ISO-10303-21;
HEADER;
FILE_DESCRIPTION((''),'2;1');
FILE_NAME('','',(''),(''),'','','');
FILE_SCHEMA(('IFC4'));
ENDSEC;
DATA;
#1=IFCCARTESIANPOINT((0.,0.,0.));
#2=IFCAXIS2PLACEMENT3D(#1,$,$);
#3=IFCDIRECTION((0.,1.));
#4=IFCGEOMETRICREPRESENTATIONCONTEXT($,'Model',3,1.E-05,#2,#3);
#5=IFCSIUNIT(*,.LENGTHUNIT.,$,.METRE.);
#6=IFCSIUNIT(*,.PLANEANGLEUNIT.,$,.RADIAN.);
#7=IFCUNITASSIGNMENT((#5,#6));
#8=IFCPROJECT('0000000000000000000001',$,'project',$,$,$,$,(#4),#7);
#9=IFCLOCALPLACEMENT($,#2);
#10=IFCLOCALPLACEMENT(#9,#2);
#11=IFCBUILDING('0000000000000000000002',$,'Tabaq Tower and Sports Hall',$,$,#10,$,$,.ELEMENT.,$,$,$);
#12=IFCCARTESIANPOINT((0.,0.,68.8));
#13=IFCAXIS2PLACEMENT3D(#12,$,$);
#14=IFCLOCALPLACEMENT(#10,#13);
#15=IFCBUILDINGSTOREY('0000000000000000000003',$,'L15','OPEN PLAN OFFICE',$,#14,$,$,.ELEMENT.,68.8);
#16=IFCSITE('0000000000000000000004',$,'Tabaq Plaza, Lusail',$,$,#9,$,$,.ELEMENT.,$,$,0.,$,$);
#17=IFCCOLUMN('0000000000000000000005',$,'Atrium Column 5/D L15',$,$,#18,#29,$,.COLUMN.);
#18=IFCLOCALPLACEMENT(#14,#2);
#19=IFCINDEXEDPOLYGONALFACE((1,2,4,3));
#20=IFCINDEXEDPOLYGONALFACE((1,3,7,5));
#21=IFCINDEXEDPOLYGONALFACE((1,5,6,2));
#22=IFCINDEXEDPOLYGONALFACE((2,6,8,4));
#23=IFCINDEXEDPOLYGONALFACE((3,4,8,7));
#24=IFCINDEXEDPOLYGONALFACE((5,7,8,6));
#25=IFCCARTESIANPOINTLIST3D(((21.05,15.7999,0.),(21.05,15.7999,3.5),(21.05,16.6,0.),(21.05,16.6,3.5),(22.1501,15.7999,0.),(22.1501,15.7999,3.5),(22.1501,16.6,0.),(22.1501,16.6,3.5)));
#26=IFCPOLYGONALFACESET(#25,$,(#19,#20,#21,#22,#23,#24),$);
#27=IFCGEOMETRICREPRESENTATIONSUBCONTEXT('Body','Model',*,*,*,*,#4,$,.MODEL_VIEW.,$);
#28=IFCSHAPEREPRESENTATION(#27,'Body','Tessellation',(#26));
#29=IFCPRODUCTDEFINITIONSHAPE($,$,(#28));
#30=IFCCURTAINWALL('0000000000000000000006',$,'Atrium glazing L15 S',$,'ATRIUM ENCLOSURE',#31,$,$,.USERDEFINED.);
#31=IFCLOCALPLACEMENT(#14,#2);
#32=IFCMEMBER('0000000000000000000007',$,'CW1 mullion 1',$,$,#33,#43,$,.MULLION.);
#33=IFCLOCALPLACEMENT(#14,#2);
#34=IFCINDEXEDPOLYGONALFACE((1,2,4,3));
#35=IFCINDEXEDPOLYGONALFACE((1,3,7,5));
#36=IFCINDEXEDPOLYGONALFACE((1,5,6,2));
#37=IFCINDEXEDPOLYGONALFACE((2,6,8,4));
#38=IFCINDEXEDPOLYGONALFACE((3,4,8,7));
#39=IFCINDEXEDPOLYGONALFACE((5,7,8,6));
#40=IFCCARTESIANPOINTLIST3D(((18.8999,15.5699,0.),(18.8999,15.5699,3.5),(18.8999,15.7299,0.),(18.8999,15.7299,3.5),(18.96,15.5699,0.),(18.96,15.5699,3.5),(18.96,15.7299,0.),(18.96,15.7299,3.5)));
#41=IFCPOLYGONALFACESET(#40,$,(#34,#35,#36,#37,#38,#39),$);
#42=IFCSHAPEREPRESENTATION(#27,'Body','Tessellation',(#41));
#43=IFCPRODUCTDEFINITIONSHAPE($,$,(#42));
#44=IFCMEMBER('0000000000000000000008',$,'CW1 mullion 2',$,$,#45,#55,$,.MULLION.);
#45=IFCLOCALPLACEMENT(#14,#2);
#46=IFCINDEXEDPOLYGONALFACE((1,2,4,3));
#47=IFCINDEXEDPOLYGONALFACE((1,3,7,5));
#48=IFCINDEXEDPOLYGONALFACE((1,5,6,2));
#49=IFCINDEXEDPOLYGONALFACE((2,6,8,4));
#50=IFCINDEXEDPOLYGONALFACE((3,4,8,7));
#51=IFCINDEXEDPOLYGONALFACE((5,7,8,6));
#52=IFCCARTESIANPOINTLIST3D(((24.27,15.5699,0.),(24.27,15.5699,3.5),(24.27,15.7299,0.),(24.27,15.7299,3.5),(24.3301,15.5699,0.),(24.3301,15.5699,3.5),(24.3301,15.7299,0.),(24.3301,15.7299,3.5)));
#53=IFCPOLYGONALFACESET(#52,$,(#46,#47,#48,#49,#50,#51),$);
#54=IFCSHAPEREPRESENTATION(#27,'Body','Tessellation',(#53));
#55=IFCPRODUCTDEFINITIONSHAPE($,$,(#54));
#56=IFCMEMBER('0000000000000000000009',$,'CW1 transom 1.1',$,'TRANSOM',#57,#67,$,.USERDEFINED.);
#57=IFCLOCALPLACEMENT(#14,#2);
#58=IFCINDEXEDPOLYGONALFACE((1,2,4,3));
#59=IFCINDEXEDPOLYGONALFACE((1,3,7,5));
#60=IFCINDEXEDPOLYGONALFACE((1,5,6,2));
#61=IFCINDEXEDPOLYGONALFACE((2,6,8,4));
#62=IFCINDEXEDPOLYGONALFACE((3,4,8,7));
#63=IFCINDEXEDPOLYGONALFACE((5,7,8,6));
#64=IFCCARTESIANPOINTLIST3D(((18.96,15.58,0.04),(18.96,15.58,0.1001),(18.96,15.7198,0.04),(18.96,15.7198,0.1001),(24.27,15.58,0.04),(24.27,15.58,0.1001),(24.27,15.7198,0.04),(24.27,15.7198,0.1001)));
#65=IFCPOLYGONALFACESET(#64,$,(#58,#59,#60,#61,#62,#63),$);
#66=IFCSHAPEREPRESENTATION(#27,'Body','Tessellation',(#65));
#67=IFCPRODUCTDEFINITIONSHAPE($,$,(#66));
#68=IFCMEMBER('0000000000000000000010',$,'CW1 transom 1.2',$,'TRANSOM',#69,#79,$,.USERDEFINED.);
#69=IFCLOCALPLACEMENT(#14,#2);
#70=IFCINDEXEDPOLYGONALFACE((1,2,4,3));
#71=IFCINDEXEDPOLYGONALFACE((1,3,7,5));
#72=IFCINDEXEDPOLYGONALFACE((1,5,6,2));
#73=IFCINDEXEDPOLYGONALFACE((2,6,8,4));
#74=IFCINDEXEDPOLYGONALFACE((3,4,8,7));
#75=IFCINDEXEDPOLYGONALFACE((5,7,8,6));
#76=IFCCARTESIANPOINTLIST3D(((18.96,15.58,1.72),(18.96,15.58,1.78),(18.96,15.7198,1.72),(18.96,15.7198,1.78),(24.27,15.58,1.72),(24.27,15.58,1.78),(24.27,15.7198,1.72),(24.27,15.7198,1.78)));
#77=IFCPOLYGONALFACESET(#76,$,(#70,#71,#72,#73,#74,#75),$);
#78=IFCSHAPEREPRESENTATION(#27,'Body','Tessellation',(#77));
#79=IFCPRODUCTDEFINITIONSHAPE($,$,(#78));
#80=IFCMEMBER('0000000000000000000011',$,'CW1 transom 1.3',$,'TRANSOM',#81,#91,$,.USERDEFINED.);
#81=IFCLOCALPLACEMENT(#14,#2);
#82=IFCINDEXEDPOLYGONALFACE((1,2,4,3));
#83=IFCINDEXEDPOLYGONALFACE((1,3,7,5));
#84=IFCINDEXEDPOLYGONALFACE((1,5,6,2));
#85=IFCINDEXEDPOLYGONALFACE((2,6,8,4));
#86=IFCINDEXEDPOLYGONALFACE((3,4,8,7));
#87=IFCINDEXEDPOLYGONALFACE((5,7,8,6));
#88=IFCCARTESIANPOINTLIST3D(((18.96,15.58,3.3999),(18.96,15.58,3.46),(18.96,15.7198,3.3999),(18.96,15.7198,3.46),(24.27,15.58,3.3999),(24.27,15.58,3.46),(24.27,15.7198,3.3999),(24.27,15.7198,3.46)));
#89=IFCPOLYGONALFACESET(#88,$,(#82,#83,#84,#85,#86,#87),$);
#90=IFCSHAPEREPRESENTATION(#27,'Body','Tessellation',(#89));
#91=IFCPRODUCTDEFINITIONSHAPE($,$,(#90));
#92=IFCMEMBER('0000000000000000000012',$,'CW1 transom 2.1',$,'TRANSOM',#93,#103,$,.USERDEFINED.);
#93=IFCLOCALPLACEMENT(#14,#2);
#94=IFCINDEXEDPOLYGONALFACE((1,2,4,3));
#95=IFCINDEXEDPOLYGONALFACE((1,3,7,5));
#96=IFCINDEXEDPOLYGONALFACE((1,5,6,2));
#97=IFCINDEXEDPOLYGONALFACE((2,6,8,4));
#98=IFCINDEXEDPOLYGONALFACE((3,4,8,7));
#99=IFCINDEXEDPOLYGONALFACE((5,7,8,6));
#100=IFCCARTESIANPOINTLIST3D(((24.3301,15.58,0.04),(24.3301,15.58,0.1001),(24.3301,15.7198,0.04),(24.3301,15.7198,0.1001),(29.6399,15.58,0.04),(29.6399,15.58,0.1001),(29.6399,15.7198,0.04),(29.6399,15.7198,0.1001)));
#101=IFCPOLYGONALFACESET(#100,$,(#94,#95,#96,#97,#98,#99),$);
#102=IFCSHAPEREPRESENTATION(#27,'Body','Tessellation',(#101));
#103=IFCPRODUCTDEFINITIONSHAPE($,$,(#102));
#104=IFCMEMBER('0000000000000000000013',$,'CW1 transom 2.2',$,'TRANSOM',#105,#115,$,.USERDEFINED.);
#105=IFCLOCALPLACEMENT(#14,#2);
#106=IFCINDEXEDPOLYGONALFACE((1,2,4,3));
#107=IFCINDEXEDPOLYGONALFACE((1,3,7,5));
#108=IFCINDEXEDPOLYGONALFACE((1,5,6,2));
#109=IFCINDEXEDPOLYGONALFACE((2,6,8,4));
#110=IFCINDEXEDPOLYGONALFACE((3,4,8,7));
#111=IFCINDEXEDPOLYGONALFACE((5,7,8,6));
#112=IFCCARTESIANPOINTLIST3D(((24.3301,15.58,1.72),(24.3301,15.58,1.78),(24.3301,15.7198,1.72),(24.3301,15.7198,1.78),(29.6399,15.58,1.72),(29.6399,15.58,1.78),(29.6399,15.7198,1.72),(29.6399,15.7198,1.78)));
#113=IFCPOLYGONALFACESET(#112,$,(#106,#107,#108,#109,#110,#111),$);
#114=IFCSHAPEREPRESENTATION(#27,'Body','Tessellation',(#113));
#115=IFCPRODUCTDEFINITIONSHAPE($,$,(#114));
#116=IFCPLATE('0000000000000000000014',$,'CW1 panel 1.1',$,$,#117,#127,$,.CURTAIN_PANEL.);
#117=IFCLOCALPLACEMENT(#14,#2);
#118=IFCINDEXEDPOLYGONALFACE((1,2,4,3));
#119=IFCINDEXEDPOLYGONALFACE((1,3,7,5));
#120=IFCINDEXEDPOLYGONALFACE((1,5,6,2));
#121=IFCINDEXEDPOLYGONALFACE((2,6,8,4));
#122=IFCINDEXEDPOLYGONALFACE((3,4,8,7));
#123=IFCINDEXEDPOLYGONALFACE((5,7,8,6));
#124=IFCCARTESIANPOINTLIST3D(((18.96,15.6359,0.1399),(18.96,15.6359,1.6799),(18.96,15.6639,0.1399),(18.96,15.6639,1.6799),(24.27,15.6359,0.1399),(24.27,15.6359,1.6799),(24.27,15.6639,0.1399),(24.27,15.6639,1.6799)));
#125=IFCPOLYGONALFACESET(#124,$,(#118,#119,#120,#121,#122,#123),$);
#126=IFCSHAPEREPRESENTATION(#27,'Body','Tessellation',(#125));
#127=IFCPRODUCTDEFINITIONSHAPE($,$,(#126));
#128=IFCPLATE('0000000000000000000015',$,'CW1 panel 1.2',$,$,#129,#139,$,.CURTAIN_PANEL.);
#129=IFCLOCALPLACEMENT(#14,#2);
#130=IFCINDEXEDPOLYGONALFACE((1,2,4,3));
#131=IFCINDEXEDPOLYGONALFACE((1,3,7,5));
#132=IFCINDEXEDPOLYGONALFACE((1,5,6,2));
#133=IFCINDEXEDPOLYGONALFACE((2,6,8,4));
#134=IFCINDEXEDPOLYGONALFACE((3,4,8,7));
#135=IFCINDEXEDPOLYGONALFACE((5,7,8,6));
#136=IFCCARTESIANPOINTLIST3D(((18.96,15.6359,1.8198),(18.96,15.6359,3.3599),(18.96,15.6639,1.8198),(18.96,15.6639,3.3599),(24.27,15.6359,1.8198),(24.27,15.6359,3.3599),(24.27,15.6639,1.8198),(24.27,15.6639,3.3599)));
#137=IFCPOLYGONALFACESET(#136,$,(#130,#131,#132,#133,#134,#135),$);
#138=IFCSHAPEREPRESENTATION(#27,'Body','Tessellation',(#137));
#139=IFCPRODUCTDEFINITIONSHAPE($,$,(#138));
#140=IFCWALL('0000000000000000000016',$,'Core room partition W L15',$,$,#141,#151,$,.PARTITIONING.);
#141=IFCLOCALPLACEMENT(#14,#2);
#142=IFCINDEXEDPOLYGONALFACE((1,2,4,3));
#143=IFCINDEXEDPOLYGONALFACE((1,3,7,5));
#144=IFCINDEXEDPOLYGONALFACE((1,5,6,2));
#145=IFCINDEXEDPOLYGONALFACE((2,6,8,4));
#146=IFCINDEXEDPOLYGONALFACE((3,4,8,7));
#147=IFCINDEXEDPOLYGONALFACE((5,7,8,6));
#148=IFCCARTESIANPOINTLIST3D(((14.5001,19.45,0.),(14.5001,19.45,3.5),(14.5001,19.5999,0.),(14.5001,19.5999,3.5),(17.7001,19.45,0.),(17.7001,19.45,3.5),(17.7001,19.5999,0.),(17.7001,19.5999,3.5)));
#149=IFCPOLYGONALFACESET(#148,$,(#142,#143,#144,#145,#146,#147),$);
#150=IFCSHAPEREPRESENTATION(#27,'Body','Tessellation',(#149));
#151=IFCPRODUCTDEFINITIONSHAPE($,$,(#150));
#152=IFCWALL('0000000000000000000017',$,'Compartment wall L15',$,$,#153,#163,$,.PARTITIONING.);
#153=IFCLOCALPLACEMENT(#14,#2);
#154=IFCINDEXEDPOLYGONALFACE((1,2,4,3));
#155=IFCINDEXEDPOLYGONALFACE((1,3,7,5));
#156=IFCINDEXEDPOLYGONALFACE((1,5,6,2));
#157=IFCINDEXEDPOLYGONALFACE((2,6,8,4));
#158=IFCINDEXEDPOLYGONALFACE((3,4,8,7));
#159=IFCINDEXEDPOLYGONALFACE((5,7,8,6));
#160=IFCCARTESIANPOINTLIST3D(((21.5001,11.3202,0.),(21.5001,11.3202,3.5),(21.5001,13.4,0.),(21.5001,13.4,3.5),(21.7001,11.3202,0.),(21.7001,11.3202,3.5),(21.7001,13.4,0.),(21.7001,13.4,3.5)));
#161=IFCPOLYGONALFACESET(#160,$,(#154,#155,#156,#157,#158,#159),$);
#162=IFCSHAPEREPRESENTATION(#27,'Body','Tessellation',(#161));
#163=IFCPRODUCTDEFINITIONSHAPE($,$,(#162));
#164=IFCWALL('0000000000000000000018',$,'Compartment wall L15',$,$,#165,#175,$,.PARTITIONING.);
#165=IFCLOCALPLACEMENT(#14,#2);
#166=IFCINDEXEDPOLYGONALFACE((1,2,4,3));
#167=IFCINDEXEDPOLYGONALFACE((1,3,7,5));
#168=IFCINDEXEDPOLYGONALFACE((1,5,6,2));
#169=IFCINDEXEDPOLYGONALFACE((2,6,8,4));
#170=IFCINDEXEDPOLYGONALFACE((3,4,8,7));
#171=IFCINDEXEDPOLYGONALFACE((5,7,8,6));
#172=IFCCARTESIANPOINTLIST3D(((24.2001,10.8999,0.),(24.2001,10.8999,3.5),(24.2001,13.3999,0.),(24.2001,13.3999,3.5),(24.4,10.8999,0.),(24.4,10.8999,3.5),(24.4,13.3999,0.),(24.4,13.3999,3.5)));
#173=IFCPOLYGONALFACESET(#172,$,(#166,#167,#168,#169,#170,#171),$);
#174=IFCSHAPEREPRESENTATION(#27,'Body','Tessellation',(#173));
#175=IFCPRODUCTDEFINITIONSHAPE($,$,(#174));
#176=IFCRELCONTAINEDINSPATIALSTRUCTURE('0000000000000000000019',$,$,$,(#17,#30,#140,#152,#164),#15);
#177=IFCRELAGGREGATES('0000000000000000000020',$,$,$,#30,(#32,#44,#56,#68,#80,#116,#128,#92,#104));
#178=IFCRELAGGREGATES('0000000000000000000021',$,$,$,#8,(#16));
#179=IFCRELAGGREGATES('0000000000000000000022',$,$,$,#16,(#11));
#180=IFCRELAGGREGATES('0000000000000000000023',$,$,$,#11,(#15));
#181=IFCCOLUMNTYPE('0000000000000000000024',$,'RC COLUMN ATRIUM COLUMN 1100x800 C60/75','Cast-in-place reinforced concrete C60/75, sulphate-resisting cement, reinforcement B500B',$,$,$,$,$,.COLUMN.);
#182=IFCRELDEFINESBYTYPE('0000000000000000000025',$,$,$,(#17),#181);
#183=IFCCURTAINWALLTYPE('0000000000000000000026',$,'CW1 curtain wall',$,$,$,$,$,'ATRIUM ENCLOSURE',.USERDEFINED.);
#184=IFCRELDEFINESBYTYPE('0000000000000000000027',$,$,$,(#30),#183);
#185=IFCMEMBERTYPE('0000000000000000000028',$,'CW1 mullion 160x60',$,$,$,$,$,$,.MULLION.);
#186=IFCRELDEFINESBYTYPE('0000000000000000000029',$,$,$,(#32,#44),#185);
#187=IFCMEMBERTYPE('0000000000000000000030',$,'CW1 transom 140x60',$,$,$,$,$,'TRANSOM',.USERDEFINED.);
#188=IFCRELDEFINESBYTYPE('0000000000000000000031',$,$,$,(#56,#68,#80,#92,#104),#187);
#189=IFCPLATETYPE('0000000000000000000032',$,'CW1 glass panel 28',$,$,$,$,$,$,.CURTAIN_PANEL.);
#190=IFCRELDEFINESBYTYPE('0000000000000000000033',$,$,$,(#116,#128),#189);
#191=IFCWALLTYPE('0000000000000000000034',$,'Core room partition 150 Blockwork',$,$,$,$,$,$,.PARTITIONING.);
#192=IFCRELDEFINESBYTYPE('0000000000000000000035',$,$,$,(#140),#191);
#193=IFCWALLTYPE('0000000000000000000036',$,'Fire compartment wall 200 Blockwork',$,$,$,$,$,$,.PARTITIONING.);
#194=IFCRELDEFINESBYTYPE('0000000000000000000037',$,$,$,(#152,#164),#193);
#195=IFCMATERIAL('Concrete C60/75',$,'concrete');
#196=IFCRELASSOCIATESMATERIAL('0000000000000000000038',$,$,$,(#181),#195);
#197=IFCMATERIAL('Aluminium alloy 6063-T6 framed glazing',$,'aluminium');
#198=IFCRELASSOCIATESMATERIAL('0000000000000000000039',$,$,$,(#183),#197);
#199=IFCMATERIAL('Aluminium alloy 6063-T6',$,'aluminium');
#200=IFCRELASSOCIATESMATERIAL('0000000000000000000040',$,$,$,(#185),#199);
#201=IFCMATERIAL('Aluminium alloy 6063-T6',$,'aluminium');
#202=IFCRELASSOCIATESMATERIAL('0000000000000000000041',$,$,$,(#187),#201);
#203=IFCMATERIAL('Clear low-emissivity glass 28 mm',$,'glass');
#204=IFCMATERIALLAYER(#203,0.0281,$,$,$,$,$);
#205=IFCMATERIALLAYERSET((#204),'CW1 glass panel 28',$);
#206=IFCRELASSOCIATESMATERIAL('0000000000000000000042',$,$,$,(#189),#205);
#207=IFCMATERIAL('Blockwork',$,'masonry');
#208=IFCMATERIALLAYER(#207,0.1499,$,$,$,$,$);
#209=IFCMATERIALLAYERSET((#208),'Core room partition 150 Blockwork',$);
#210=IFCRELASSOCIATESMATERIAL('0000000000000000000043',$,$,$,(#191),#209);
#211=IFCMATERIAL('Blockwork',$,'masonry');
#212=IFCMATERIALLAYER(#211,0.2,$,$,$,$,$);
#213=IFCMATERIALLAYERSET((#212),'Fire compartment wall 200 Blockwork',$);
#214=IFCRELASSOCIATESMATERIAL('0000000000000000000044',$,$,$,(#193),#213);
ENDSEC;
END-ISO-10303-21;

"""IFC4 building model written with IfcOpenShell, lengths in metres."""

from ifc_helpers import new_model, si_unit, direction, frame, frame_2d, origin, origin_2d, place, context, subcontext, project, spatial, rectangle, extrude, material, layer, layer_set, material_profile, profile_set, type_object, element, aggregate, save


model = new_model("IFC4")

# Units and contexts
model_context = context("Model", 3, precision=1e-05, world=origin(), true_north=direction((0.0, 1.0)))
body_context = subcontext(model_context, "Body", "Model", "MODEL_VIEW")
ifc_project = project(units=[si_unit("LENGTHUNIT", "METRE"), si_unit("PLANEANGLEUNIT", "RADIAN")], contexts=[model_context])

# Site, building, storey
site_placement = place(None, origin())
site = spatial("IfcSite", under=ifc_project, at=site_placement, Name="Tabaq Plaza, Lusail", CompositionType="ELEMENT", RefElevation=0.0)
building_placement = place(site_placement, origin())
building = spatial("IfcBuilding", under=site, at=building_placement, Name="Tabaq Tower and Sports Hall", CompositionType="ELEMENT")
storey_placement = place(building_placement, frame((0.0, 0.0, 68.8)))
storey = spatial("IfcBuildingStorey", under=building, at=storey_placement, Name="L15", Description="OPEN PLAN OFFICE", CompositionType="ELEMENT", Elevation=68.8)

# Column
ifc_material_1 = material(Name="Concrete C60/75", Category="concrete")
ifc_material_profile_1 = material_profile(ifc_material_1, rectangle(XDim=1.1001, YDim=0.8, at=origin_2d()), Name="ATRIUM COLUMN 1100x800")
ifc_profile_set_1 = profile_set([ifc_material_profile_1], Name="Concrete C60/75")
column_type = type_object("IfcColumnType", Name="RC COLUMN ATRIUM COLUMN 1100x800 C60/75", Description="Cast-in-place reinforced concrete C60/75, sulphate-resisting cement, reinforcement B500B", PredefinedType="COLUMN", material=ifc_profile_set_1)
column_placement = place(storey_placement, frame((21.6001, 16.2, 0.0), z_axis=(0.0, 0.0, 1.0), x_axis=(1.0, 0.0, 0.0)))
element("IfcColumn", 1, at=column_placement, inside=storey, type_object=column_type, Name="Atrium Column 5/D L15", PredefinedType="COLUMN", context=body_context, shape_type="SweptSolid", body=[
    extrude(rectangle(XDim=1.1001, YDim=0.8, at=origin_2d()), origin(), (0.0, 0.0, 1.0), 3.5),
])

# Curtain wall, members, plates
ifc_material_2 = material(Name="Aluminium alloy 6063-T6 framed glazing", Category="aluminium")
curtain_wall_type = type_object("IfcCurtainWallType", Name="CW1 curtain wall", ElementType="ATRIUM ENCLOSURE", PredefinedType="USERDEFINED", material=ifc_material_2)
curtain_wall_placement = place(storey_placement, origin())
curtain_wall = element("IfcCurtainWall", 2, at=curtain_wall_placement, inside=storey, type_object=curtain_wall_type, Name="Atrium glazing L15 S", ObjectType="ATRIUM ENCLOSURE", PredefinedType="USERDEFINED")
ifc_material_3 = material(Name="Aluminium alloy 6063-T6", Category="aluminium")
ifc_material_profile_2 = material_profile(ifc_material_3, rectangle(XDim=0.1599, YDim=0.0601, at=origin_2d()), Name="MULLION 160x60")
ifc_profile_set_2 = profile_set([ifc_material_profile_2], Name="Aluminium alloy 6063-T6")
member_type_1 = type_object("IfcMemberType", Name="CW1 mullion 160x60", PredefinedType="MULLION", material=ifc_profile_set_2)
member_1_placement = place(storey_placement, frame((18.9299, 15.6499, 0.0), z_axis=(0.0, 0.0, 1.0), x_axis=(0.0, 1.0, 0.0)))
member_1 = element("IfcMember", 3, at=member_1_placement, type_object=member_type_1, Name="CW1 mullion 1", PredefinedType="MULLION", context=body_context, shape_type="SweptSolid", body=[
    extrude(rectangle(XDim=0.1599, YDim=0.0601, at=origin_2d()), origin(), (0.0, 0.0, 1.0), 3.5),
])
member_2_placement = place(storey_placement, frame((24.3, 15.6499, 0.0), z_axis=(0.0, 0.0, 1.0), x_axis=(0.0, 1.0, 0.0)))
member_2 = element("IfcMember", 4, at=member_2_placement, type_object=member_type_1, Name="CW1 mullion 2", PredefinedType="MULLION", context=body_context, shape_type="SweptSolid", body=[
    extrude(rectangle(XDim=0.1599, YDim=0.0601, at=origin_2d()), origin(), (0.0, 0.0, 1.0), 3.5),
])
ifc_material_4 = material(Name="Aluminium alloy 6063-T6", Category="aluminium")
ifc_material_profile_3 = material_profile(ifc_material_4, rectangle(XDim=0.1399, YDim=0.0601, at=origin_2d()), Name="TRANSOM 140x60")
ifc_profile_set_3 = profile_set([ifc_material_profile_3], Name="Aluminium alloy 6063-T6")
member_type_2 = type_object("IfcMemberType", Name="CW1 transom 140x60", ElementType="TRANSOM", PredefinedType="USERDEFINED", material=ifc_profile_set_3)
member_3_placement = place(storey_placement, frame((18.96, 15.6499, 0.0701), z_axis=(1.0, 0.0, 0.0), x_axis=(0.0, 1.0, 0.0)))
member_3 = element("IfcMember", 5, at=member_3_placement, type_object=member_type_2, Name="CW1 transom 1.1", ObjectType="TRANSOM", PredefinedType="USERDEFINED", context=body_context, shape_type="SweptSolid", body=[
    extrude(rectangle(XDim=0.1399, YDim=0.0601, at=origin_2d()), origin(), (0.0, 0.0, 1.0), 5.3101),
])
member_4_placement = place(storey_placement, frame((18.96, 15.6499, 1.75), z_axis=(1.0, 0.0, 0.0), x_axis=(0.0, 1.0, 0.0)))
member_4 = element("IfcMember", 6, at=member_4_placement, type_object=member_type_2, Name="CW1 transom 1.2", ObjectType="TRANSOM", PredefinedType="USERDEFINED", context=body_context, shape_type="SweptSolid", body=[
    extrude(rectangle(XDim=0.1399, YDim=0.0601, at=origin_2d()), origin(), (0.0, 0.0, 1.0), 5.3101),
])
member_5_placement = place(storey_placement, frame((18.96, 15.6499, 3.4299), z_axis=(1.0, 0.0, 0.0), x_axis=(0.0, 1.0, 0.0)))
member_5 = element("IfcMember", 7, at=member_5_placement, type_object=member_type_2, Name="CW1 transom 1.3", ObjectType="TRANSOM", PredefinedType="USERDEFINED", context=body_context, shape_type="SweptSolid", body=[
    extrude(rectangle(XDim=0.1399, YDim=0.0601, at=origin_2d()), origin(), (0.0, 0.0, 1.0), 5.3101),
])
member_6_placement = place(storey_placement, frame((24.3301, 15.6499, 0.0701), z_axis=(1.0, 0.0, 0.0), x_axis=(0.0, 1.0, 0.0)))
member_6 = element("IfcMember", 8, at=member_6_placement, type_object=member_type_2, Name="CW1 transom 2.1", ObjectType="TRANSOM", PredefinedType="USERDEFINED", context=body_context, shape_type="SweptSolid", body=[
    extrude(rectangle(XDim=0.1399, YDim=0.0601, at=origin_2d()), origin(), (0.0, 0.0, 1.0), 5.3098),
])
member_7_placement = place(storey_placement, frame((24.3301, 15.6499, 1.75), z_axis=(1.0, 0.0, 0.0), x_axis=(0.0, 1.0, 0.0)))
member_7 = element("IfcMember", 9, at=member_7_placement, type_object=member_type_2, Name="CW1 transom 2.2", ObjectType="TRANSOM", PredefinedType="USERDEFINED", context=body_context, shape_type="SweptSolid", body=[
    extrude(rectangle(XDim=0.1399, YDim=0.0601, at=origin_2d()), origin(), (0.0, 0.0, 1.0), 5.3098),
])
ifc_material_5 = material(Name="Clear low-emissivity glass 28 mm", Category="glass")
ifc_layer_1 = layer(ifc_material_5, 0.0281)
ifc_layer_set_1 = layer_set([ifc_layer_1], Name="CW1 glass panel 28")
plate_type = type_object("IfcPlateType", Name="CW1 glass panel 28", PredefinedType="CURTAIN_PANEL", material=ifc_layer_set_1)
plate_1_placement = place(storey_placement, frame((21.615, 15.6499, 0.1399), z_axis=(0.0, 0.0, 1.0), x_axis=(1.0, 0.0, 0.0)))
plate_1 = element("IfcPlate", 10, at=plate_1_placement, type_object=plate_type, Name="CW1 panel 1.1", PredefinedType="CURTAIN_PANEL", context=body_context, shape_type="SweptSolid", body=[
    extrude(rectangle(XDim=5.3101, YDim=0.0281, at=origin_2d()), origin(), (0.0, 0.0, 1.0), 1.54),
])
plate_2_placement = place(storey_placement, frame((21.615, 15.6499, 1.8198), z_axis=(0.0, 0.0, 1.0), x_axis=(1.0, 0.0, 0.0)))
plate_2 = element("IfcPlate", 11, at=plate_2_placement, type_object=plate_type, Name="CW1 panel 1.2", PredefinedType="CURTAIN_PANEL", context=body_context, shape_type="SweptSolid", body=[
    extrude(rectangle(XDim=5.3101, YDim=0.0281, at=origin_2d()), origin(), (0.0, 0.0, 1.0), 1.54),
])
aggregate(curtain_wall, [member_1, member_2, member_3, member_4, member_5, plate_1, plate_2, member_6, member_7])

# Wall
ifc_material_6 = material(Name="Blockwork", Category="masonry")
ifc_layer_2 = layer(ifc_material_6, 0.1499)
ifc_layer_set_2 = layer_set([ifc_layer_2], Name="Core room partition 150 Blockwork")
wall_type_1 = type_object("IfcWallType", Name="Core room partition 150 Blockwork", PredefinedType="PARTITIONING", material=ifc_layer_set_2)
wall_1_placement = place(storey_placement, frame((14.5, 19.5249, 0.0), z_axis=(0.0, 0.0, 1.0), x_axis=(1.0, 0.0, 0.0)))
element("IfcWall", 12, at=wall_1_placement, inside=storey, type_object=wall_type_1, Name="Core room partition W L15", PredefinedType="PARTITIONING", context=body_context, shape_type="SweptSolid", body=[
    extrude(rectangle(XDim=3.2, YDim=0.1499, at=frame_2d((1.6001, 0.0))), origin(), (0.0, 0.0, 1.0), 3.5),
])

# Walls
ifc_material_7 = material(Name="Blockwork", Category="masonry")
ifc_layer_3 = layer(ifc_material_7, 0.2)
ifc_layer_set_3 = layer_set([ifc_layer_3], Name="Fire compartment wall 200 Blockwork")
wall_type_2 = type_object("IfcWallType", Name="Fire compartment wall 200 Blockwork", PredefinedType="PARTITIONING", material=ifc_layer_set_3)
wall_2_placement = place(storey_placement, frame((21.6001, 11.3201, 0.0), z_axis=(0.0, 0.0, 1.0), x_axis=(0.0, 1.0, 0.0)))
element("IfcWall", 13, at=wall_2_placement, inside=storey, type_object=wall_type_2, Name="Compartment wall L15", PredefinedType="PARTITIONING", context=body_context, shape_type="SweptSolid", body=[
    extrude(rectangle(XDim=2.0798, YDim=0.2, at=frame_2d((1.04, 0.0))), origin(), (0.0, 0.0, 1.0), 3.5),
])
wall_3_placement = place(storey_placement, frame((24.3, 10.8999, 0.0), z_axis=(0.0, 0.0, 1.0), x_axis=(0.0, 1.0, 0.0)))
element("IfcWall", 14, at=wall_3_placement, inside=storey, type_object=wall_type_2, Name="Compartment wall L15", PredefinedType="PARTITIONING", context=body_context, shape_type="SweptSolid", body=[
    extrude(rectangle(XDim=2.5, YDim=0.2, at=frame_2d((1.25, 0.0))), origin(), (0.0, 0.0, 1.0), 3.5),
])

save(model, "model.ifc")
